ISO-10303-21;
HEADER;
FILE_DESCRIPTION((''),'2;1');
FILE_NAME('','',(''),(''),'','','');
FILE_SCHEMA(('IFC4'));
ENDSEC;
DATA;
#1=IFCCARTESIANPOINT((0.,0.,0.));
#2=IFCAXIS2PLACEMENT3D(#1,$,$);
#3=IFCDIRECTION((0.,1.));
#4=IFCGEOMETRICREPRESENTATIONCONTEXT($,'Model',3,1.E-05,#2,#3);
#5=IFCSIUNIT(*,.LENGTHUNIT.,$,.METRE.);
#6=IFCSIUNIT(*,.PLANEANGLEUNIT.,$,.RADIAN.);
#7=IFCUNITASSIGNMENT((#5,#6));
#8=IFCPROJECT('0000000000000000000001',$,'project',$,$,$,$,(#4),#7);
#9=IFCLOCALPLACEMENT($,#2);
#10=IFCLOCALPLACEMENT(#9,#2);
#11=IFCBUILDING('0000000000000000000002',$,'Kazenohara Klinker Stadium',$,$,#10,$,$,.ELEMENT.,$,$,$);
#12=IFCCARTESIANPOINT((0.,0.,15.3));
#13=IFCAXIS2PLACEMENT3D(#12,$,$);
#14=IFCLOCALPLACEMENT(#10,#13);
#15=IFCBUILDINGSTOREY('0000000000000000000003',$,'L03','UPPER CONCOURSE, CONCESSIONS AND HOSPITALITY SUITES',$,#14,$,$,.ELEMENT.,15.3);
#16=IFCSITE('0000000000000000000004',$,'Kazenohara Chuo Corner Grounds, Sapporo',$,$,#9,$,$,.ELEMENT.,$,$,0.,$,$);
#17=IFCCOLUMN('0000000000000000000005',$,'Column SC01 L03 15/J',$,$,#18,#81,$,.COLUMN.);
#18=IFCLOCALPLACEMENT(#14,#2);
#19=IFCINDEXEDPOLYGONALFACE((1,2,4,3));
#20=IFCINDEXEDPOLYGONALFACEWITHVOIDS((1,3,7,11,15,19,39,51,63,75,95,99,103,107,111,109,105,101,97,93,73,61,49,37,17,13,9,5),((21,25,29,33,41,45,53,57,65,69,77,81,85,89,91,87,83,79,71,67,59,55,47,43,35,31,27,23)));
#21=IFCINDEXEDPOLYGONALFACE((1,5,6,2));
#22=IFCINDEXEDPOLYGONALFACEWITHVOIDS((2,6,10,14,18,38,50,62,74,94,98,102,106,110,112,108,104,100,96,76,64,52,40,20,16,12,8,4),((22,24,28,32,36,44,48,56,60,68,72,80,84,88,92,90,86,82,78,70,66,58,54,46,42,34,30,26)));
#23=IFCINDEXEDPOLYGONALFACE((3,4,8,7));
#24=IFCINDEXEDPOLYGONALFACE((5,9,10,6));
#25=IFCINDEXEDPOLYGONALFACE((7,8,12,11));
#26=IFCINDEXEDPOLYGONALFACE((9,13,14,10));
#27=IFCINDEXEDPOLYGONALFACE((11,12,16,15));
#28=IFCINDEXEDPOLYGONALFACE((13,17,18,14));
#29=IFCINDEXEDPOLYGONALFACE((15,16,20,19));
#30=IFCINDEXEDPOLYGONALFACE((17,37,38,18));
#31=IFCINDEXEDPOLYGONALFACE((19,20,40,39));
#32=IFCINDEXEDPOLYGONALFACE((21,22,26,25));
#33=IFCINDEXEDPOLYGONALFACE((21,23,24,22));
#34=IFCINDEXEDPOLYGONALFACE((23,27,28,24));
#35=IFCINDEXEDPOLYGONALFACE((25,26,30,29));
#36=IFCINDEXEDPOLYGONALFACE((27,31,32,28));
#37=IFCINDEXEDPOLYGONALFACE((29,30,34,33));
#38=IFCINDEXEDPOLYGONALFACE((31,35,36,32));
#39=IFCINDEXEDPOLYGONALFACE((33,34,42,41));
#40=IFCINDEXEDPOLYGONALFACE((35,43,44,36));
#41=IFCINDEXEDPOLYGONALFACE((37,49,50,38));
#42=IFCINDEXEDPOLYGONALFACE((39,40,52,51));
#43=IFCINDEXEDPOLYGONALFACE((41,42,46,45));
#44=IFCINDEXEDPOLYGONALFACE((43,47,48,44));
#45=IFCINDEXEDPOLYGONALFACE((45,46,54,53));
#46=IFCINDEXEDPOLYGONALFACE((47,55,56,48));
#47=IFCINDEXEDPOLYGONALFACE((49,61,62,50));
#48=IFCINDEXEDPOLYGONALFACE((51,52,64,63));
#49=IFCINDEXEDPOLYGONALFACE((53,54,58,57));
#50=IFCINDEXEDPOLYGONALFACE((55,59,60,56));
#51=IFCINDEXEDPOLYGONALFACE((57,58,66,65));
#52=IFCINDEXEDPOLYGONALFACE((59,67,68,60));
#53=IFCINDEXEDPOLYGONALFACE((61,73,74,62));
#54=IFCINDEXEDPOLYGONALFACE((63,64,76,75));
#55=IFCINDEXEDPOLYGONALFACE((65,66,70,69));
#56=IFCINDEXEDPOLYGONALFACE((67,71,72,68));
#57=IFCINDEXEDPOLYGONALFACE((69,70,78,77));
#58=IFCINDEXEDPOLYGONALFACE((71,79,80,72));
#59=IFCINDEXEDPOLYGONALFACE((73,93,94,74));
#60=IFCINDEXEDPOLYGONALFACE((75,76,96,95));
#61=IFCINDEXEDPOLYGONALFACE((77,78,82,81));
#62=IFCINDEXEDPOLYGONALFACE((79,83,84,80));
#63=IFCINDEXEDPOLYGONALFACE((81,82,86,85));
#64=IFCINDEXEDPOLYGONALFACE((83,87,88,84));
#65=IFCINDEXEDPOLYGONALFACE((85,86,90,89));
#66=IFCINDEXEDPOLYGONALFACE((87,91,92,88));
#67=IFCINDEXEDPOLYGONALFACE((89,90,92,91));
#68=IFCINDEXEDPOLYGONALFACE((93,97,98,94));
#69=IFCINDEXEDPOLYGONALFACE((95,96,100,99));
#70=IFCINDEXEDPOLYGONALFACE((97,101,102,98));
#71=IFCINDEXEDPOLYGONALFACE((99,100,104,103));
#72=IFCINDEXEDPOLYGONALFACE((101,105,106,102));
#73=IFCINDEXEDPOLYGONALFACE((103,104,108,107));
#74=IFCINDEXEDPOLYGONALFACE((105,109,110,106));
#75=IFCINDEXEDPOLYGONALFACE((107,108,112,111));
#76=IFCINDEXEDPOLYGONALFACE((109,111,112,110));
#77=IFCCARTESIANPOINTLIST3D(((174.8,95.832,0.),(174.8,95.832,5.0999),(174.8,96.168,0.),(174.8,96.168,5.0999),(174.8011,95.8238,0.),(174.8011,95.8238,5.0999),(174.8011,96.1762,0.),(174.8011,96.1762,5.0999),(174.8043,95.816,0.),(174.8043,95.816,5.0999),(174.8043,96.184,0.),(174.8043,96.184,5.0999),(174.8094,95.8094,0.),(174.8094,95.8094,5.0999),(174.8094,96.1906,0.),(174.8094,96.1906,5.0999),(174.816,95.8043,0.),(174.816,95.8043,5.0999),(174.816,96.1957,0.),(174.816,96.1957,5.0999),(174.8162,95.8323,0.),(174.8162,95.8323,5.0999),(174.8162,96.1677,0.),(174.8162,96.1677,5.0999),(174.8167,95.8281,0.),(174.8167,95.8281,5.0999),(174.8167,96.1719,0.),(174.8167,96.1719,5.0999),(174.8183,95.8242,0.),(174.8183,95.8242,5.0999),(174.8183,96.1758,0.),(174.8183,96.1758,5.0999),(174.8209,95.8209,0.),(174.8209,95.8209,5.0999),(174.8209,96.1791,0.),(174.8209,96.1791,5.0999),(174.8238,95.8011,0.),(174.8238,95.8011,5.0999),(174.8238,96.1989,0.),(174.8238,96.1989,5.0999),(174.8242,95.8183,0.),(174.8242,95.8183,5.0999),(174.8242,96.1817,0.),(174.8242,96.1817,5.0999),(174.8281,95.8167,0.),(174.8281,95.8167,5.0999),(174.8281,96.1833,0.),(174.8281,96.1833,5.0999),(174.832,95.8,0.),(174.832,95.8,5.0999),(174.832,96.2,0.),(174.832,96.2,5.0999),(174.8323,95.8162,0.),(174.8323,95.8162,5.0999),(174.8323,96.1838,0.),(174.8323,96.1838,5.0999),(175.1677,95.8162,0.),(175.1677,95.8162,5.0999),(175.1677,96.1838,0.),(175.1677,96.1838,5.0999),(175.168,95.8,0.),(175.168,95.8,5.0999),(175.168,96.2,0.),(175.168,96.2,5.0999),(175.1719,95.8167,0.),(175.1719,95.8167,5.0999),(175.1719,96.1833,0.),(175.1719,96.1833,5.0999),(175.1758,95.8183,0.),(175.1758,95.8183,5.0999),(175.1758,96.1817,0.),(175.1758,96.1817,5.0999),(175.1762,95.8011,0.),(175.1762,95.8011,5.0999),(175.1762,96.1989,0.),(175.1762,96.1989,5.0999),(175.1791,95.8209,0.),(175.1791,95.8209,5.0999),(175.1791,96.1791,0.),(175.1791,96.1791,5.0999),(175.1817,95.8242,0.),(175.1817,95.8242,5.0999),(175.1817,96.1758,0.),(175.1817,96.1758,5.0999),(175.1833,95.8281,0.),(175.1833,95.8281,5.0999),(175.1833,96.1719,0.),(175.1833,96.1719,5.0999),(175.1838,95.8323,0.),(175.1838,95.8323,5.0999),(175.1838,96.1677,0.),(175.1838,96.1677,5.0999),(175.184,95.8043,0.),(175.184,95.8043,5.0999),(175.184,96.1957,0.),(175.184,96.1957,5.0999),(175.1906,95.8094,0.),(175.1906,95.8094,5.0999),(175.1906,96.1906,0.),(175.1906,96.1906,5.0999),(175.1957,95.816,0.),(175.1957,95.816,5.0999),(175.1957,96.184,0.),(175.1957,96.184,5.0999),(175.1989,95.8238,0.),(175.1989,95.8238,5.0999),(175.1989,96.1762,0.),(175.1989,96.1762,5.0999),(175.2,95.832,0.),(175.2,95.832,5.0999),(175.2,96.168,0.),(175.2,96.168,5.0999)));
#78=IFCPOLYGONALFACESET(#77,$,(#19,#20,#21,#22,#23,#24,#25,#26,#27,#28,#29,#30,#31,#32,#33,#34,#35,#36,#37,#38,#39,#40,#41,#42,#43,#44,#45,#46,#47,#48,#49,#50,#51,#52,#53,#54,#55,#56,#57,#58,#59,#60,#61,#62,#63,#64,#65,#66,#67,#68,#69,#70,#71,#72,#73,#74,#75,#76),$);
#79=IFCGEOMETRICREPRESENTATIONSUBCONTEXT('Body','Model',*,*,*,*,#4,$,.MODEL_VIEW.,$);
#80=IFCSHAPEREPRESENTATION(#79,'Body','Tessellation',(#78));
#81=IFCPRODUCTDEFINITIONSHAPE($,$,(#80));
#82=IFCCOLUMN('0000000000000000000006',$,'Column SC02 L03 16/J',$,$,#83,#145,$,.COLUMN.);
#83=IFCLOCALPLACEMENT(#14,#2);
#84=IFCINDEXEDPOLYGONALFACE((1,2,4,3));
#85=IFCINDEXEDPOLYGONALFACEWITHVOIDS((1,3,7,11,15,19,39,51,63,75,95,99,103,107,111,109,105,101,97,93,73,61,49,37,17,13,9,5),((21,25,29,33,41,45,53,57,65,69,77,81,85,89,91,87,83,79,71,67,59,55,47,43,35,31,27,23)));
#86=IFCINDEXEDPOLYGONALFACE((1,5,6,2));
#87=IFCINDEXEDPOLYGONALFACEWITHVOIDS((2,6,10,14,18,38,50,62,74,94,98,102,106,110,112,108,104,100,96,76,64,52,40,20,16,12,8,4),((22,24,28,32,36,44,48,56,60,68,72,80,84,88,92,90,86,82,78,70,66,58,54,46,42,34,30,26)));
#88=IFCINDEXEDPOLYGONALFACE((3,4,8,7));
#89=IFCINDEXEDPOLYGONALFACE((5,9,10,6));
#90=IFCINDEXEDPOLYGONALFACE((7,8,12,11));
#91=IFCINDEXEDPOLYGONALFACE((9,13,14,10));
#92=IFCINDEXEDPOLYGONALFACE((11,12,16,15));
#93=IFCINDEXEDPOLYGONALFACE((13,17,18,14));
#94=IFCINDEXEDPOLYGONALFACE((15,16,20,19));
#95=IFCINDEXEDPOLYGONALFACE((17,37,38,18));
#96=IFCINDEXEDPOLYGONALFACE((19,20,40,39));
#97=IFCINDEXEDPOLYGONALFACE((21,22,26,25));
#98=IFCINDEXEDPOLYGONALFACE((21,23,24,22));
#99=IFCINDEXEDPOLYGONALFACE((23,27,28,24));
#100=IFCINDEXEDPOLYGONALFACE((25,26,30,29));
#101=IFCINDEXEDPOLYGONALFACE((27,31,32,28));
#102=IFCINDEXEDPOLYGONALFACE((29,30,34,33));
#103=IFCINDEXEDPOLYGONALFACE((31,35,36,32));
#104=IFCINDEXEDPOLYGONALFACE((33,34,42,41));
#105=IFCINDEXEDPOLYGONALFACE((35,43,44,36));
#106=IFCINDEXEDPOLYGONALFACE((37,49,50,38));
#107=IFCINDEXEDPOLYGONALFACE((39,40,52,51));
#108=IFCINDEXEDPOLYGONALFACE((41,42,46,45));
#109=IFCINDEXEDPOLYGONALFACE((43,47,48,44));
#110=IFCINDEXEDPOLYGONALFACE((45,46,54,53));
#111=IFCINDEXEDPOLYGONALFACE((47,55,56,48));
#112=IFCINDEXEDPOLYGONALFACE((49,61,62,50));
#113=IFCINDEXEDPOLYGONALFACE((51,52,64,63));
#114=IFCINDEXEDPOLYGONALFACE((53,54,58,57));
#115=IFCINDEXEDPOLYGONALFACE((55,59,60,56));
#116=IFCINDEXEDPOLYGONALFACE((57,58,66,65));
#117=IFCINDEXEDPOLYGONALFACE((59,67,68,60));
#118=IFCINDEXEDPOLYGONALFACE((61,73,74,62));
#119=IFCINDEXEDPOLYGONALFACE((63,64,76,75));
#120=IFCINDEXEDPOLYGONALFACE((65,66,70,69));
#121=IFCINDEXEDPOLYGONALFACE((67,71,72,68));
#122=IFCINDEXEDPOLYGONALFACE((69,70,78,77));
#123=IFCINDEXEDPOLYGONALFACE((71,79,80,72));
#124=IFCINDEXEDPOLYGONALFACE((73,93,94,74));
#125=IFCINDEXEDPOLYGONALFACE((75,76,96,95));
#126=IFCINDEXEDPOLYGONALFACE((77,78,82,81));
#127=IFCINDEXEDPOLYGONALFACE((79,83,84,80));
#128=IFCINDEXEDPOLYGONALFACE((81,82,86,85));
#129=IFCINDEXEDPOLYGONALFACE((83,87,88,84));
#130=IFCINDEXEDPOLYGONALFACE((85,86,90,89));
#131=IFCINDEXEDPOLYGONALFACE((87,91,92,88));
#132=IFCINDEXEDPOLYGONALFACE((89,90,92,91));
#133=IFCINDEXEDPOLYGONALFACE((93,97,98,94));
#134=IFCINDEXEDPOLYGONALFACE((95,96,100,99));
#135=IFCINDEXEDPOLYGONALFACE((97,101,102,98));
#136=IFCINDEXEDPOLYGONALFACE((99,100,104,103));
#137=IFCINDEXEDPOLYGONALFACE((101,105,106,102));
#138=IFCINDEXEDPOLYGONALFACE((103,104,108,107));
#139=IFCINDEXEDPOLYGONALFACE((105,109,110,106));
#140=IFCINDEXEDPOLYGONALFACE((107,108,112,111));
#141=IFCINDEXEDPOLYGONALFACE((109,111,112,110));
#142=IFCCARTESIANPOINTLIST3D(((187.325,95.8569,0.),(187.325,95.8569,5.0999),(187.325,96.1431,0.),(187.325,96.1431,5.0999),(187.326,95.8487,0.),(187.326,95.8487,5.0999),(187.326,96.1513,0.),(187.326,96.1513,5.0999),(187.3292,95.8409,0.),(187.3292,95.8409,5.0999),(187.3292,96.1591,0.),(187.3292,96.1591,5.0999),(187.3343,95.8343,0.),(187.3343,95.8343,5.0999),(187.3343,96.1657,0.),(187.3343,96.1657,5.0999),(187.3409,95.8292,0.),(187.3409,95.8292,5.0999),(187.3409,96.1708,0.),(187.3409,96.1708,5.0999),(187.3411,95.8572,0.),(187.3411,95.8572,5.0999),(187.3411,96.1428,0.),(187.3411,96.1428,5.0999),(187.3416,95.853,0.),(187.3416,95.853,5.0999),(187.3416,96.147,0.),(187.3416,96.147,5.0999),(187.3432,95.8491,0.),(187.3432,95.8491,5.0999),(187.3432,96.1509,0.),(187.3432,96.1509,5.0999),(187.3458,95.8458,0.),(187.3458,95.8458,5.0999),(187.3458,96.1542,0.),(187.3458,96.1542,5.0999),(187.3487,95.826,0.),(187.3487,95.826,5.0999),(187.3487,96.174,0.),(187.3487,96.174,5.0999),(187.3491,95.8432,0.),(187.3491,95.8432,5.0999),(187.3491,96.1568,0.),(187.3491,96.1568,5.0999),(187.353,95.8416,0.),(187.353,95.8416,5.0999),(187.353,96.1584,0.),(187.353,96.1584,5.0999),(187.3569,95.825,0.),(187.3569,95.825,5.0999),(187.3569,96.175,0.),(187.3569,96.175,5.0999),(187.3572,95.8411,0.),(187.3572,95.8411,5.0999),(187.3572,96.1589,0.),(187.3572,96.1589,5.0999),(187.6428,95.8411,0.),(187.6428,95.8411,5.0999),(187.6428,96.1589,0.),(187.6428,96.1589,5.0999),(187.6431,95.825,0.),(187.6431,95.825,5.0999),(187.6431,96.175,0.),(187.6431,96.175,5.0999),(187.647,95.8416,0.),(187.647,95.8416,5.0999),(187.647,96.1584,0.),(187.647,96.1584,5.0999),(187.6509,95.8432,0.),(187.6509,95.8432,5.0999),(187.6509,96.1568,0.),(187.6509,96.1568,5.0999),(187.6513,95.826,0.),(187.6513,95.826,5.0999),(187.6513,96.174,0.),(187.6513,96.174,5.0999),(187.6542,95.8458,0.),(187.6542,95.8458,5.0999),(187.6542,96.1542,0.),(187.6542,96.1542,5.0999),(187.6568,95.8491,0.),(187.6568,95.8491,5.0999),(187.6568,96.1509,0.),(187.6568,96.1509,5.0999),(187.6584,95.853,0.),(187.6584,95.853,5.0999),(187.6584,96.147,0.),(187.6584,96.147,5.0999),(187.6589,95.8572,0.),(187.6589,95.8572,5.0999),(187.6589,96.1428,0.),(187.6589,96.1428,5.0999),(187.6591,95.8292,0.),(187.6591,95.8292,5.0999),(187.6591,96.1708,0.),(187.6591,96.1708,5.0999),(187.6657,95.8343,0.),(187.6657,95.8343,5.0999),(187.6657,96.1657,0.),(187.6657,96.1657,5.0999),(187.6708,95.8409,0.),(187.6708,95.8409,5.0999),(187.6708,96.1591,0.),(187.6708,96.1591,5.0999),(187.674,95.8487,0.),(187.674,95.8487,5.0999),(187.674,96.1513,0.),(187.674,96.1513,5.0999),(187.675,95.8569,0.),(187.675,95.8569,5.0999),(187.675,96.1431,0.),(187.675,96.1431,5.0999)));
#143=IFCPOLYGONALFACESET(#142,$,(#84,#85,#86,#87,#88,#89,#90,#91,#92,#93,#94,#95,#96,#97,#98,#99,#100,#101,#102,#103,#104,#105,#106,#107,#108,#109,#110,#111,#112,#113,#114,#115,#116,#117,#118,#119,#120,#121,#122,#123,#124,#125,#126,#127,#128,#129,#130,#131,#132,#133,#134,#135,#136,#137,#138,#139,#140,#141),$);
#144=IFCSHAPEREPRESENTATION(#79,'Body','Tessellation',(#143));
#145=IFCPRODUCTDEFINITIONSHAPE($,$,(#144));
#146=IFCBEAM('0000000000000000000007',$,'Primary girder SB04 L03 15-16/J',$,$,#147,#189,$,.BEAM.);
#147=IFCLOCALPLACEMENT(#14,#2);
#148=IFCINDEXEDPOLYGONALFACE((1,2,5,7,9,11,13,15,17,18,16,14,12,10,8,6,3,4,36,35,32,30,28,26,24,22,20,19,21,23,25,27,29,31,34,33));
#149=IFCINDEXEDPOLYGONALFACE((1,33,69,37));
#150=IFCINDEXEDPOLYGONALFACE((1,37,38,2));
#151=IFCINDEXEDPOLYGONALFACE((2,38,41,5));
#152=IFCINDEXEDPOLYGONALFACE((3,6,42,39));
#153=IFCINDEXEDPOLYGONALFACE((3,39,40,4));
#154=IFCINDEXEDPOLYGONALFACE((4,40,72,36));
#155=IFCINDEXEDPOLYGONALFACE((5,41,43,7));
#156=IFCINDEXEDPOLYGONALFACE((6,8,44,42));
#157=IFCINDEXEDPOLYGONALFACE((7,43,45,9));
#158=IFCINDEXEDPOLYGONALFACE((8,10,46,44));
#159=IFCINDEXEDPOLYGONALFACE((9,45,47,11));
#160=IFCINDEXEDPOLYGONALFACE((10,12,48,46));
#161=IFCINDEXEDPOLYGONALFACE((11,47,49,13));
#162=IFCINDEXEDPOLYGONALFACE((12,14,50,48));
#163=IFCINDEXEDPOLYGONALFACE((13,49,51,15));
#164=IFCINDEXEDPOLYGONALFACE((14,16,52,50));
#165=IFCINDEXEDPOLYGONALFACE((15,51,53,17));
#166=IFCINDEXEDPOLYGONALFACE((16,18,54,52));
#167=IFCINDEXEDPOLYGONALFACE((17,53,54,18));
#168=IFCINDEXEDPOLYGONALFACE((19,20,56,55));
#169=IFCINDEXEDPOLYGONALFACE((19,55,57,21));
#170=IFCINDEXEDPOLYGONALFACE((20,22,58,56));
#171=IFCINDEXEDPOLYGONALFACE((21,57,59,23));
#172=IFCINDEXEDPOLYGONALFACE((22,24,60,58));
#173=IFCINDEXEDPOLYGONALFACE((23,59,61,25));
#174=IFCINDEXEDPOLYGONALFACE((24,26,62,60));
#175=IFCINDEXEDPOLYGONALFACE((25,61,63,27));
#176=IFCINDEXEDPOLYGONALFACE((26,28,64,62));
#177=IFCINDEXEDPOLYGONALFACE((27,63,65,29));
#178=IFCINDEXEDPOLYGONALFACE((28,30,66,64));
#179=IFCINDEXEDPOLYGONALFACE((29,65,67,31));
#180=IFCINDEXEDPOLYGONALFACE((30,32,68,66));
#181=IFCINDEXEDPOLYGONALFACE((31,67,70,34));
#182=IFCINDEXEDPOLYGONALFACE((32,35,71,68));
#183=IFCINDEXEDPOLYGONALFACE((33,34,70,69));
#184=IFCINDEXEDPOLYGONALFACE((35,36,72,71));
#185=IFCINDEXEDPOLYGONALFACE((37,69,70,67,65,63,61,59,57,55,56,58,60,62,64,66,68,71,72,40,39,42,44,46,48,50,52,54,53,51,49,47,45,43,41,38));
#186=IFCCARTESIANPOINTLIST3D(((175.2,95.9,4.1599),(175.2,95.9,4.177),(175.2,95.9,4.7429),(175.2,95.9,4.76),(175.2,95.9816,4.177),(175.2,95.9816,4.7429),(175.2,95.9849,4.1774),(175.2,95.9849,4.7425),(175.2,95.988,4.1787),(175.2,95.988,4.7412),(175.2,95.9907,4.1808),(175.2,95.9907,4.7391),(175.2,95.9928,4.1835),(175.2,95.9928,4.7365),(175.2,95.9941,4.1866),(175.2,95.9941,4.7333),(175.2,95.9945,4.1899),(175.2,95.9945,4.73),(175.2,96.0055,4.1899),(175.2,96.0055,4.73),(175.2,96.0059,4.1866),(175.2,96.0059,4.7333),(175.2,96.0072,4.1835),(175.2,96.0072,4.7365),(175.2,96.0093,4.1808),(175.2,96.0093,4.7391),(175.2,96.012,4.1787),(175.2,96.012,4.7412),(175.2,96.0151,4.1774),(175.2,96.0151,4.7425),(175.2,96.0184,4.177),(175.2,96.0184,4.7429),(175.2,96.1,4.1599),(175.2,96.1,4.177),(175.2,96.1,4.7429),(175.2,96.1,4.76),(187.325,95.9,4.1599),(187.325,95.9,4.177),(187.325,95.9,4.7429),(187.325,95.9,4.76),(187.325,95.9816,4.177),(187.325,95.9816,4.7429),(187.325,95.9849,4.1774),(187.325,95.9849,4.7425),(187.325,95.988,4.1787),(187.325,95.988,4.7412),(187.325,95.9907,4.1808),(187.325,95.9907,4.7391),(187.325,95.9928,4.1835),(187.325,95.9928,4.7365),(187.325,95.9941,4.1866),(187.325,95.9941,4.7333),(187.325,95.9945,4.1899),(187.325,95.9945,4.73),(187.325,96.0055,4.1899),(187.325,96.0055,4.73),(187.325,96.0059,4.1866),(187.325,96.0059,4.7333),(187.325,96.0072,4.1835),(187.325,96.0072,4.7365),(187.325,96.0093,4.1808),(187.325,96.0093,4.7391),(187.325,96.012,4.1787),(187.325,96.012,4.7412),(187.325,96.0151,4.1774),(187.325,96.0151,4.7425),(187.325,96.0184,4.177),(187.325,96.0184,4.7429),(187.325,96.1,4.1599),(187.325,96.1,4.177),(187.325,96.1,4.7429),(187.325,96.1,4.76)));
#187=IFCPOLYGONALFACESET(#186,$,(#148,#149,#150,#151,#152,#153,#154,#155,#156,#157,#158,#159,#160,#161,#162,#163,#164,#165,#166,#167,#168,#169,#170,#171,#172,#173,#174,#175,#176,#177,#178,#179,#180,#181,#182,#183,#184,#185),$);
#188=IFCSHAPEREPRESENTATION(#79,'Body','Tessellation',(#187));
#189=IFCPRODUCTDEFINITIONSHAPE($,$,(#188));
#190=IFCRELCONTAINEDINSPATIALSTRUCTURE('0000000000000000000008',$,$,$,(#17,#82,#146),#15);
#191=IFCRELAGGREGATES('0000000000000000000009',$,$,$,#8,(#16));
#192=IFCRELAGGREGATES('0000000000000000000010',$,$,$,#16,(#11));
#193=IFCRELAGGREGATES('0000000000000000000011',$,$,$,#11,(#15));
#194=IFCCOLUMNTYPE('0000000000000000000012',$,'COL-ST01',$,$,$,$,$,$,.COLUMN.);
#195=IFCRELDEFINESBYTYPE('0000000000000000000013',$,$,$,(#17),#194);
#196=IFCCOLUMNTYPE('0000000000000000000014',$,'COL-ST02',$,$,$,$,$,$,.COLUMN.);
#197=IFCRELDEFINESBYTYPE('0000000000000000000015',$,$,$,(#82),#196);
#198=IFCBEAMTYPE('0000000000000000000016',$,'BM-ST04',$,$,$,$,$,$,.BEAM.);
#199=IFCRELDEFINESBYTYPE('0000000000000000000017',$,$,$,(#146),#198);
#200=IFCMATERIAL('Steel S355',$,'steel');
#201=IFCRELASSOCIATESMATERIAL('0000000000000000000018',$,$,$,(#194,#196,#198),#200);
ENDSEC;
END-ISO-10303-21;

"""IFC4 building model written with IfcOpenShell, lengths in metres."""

from ifc_helpers import new_model, si_unit, direction, frame, origin, origin_2d, place, context, subcontext, project, spatial, hollow_rectangle, i_section, extrude, material, material_profile, profile_set, type_object, element, save


model = new_model("IFC4")

# Units and contexts
model_context = context("Model", 3, precision=1e-05, world=origin(), true_north=direction((0.0, 1.0)))
body_context = subcontext(model_context, "Body", "Model", "MODEL_VIEW")
ifc_project = project(units=[si_unit("LENGTHUNIT", "METRE"), si_unit("PLANEANGLEUNIT", "RADIAN")], contexts=[model_context])

# Site, building, storey
site_placement = place(None, origin())
site = spatial("IfcSite", under=ifc_project, at=site_placement, Name="Kazenohara Chuo Corner Grounds, Sapporo", CompositionType="ELEMENT", RefElevation=0.0)
building_placement = place(site_placement, origin())
building = spatial("IfcBuilding", under=site, at=building_placement, Name="Kazenohara Klinker Stadium", CompositionType="ELEMENT")
storey_placement = place(building_placement, frame((0.0, 0.0, 15.3)))
storey = spatial("IfcBuildingStorey", under=building, at=storey_placement, Name="L03", Description="UPPER CONCOURSE, CONCESSIONS AND HOSPITALITY SUITES", CompositionType="ELEMENT", Elevation=15.3)

# Columns
ifc_material_1 = material(Name="Steel S355", Category="steel")
ifc_material_profile_1 = material_profile(ifc_material_1, hollow_rectangle(XDim=0.3999, YDim=0.3999, WallThickness=0.0161, InnerFilletRadius=0.0161, OuterFilletRadius=0.032, at=origin_2d()), Name="SHS-400x400x16")
ifc_profile_set_1 = profile_set([ifc_material_profile_1], Name="Steel S355")
column_type_1 = type_object("IfcColumnType", Name="COL-ST01", PredefinedType="COLUMN", material=ifc_profile_set_1)
column_1_placement = place(storey_placement, frame((175.0, 96.0, 0.0), z_axis=(0.0, 0.0, 1.0), x_axis=(1.0, 0.0, 0.0)))
element("IfcColumn", 1, at=column_1_placement, inside=storey, type_object=column_type_1, Name="Column SC01 L03 15/J", PredefinedType="COLUMN", context=body_context, shape_type="SweptSolid", body=[
    extrude(hollow_rectangle(XDim=0.3999, YDim=0.3999, WallThickness=0.0161, InnerFilletRadius=0.0161, OuterFilletRadius=0.032, at=origin_2d()), origin(), (0.0, 0.0, 1.0), 5.0999),
])
ifc_material_profile_2 = material_profile(ifc_material_1, hollow_rectangle(XDim=0.3501, YDim=0.3501, WallThickness=0.0161, InnerFilletRadius=0.0161, OuterFilletRadius=0.032, at=origin_2d()), Name="SHS-350x350x16")
ifc_profile_set_2 = profile_set([ifc_material_profile_2], Name="Steel S355")
column_type_2 = type_object("IfcColumnType", Name="COL-ST02", PredefinedType="COLUMN", material=ifc_profile_set_2)
column_2_placement = place(storey_placement, frame((187.5, 96.0, 0.0), z_axis=(0.0, 0.0, 1.0), x_axis=(1.0, 0.0, 0.0)))
element("IfcColumn", 2, at=column_2_placement, inside=storey, type_object=column_type_2, Name="Column SC02 L03 16/J", PredefinedType="COLUMN", context=body_context, shape_type="SweptSolid", body=[
    extrude(hollow_rectangle(XDim=0.3501, YDim=0.3501, WallThickness=0.0161, InnerFilletRadius=0.0161, OuterFilletRadius=0.032, at=origin_2d()), origin(), (0.0, 0.0, 1.0), 5.0999),
])

# Beam
ifc_material_profile_3 = material_profile(ifc_material_1, i_section(OverallWidth=0.2, OverallDepth=0.6001, WebThickness=0.011, FlangeThickness=0.0171, FilletRadius=0.0129, at=origin_2d()), Name="H-600x200x11x17")
ifc_profile_set_3 = profile_set([ifc_material_profile_3], Name="Steel S355")
beam_type_1 = type_object("IfcBeamType", Name="BM-ST04", PredefinedType="BEAM", material=ifc_profile_set_3)
beam_1_placement = place(storey_placement, frame((175.2, 96.0, 4.46), z_axis=(1.0, 0.0, 0.0), x_axis=(0.0, 1.0, 0.0)))
element("IfcBeam", 3, at=beam_1_placement, inside=storey, type_object=beam_type_1, Name="Primary girder SB04 L03 15-16/J", PredefinedType="BEAM", context=body_context, shape_type="SweptSolid", body=[
    extrude(i_section(OverallWidth=0.2, OverallDepth=0.6001, WebThickness=0.011, FlangeThickness=0.0171, FilletRadius=0.0129, at=origin_2d()), origin(), (0.0, 0.0, 1.0), 12.125),
])

save(model, "model.ifc")
